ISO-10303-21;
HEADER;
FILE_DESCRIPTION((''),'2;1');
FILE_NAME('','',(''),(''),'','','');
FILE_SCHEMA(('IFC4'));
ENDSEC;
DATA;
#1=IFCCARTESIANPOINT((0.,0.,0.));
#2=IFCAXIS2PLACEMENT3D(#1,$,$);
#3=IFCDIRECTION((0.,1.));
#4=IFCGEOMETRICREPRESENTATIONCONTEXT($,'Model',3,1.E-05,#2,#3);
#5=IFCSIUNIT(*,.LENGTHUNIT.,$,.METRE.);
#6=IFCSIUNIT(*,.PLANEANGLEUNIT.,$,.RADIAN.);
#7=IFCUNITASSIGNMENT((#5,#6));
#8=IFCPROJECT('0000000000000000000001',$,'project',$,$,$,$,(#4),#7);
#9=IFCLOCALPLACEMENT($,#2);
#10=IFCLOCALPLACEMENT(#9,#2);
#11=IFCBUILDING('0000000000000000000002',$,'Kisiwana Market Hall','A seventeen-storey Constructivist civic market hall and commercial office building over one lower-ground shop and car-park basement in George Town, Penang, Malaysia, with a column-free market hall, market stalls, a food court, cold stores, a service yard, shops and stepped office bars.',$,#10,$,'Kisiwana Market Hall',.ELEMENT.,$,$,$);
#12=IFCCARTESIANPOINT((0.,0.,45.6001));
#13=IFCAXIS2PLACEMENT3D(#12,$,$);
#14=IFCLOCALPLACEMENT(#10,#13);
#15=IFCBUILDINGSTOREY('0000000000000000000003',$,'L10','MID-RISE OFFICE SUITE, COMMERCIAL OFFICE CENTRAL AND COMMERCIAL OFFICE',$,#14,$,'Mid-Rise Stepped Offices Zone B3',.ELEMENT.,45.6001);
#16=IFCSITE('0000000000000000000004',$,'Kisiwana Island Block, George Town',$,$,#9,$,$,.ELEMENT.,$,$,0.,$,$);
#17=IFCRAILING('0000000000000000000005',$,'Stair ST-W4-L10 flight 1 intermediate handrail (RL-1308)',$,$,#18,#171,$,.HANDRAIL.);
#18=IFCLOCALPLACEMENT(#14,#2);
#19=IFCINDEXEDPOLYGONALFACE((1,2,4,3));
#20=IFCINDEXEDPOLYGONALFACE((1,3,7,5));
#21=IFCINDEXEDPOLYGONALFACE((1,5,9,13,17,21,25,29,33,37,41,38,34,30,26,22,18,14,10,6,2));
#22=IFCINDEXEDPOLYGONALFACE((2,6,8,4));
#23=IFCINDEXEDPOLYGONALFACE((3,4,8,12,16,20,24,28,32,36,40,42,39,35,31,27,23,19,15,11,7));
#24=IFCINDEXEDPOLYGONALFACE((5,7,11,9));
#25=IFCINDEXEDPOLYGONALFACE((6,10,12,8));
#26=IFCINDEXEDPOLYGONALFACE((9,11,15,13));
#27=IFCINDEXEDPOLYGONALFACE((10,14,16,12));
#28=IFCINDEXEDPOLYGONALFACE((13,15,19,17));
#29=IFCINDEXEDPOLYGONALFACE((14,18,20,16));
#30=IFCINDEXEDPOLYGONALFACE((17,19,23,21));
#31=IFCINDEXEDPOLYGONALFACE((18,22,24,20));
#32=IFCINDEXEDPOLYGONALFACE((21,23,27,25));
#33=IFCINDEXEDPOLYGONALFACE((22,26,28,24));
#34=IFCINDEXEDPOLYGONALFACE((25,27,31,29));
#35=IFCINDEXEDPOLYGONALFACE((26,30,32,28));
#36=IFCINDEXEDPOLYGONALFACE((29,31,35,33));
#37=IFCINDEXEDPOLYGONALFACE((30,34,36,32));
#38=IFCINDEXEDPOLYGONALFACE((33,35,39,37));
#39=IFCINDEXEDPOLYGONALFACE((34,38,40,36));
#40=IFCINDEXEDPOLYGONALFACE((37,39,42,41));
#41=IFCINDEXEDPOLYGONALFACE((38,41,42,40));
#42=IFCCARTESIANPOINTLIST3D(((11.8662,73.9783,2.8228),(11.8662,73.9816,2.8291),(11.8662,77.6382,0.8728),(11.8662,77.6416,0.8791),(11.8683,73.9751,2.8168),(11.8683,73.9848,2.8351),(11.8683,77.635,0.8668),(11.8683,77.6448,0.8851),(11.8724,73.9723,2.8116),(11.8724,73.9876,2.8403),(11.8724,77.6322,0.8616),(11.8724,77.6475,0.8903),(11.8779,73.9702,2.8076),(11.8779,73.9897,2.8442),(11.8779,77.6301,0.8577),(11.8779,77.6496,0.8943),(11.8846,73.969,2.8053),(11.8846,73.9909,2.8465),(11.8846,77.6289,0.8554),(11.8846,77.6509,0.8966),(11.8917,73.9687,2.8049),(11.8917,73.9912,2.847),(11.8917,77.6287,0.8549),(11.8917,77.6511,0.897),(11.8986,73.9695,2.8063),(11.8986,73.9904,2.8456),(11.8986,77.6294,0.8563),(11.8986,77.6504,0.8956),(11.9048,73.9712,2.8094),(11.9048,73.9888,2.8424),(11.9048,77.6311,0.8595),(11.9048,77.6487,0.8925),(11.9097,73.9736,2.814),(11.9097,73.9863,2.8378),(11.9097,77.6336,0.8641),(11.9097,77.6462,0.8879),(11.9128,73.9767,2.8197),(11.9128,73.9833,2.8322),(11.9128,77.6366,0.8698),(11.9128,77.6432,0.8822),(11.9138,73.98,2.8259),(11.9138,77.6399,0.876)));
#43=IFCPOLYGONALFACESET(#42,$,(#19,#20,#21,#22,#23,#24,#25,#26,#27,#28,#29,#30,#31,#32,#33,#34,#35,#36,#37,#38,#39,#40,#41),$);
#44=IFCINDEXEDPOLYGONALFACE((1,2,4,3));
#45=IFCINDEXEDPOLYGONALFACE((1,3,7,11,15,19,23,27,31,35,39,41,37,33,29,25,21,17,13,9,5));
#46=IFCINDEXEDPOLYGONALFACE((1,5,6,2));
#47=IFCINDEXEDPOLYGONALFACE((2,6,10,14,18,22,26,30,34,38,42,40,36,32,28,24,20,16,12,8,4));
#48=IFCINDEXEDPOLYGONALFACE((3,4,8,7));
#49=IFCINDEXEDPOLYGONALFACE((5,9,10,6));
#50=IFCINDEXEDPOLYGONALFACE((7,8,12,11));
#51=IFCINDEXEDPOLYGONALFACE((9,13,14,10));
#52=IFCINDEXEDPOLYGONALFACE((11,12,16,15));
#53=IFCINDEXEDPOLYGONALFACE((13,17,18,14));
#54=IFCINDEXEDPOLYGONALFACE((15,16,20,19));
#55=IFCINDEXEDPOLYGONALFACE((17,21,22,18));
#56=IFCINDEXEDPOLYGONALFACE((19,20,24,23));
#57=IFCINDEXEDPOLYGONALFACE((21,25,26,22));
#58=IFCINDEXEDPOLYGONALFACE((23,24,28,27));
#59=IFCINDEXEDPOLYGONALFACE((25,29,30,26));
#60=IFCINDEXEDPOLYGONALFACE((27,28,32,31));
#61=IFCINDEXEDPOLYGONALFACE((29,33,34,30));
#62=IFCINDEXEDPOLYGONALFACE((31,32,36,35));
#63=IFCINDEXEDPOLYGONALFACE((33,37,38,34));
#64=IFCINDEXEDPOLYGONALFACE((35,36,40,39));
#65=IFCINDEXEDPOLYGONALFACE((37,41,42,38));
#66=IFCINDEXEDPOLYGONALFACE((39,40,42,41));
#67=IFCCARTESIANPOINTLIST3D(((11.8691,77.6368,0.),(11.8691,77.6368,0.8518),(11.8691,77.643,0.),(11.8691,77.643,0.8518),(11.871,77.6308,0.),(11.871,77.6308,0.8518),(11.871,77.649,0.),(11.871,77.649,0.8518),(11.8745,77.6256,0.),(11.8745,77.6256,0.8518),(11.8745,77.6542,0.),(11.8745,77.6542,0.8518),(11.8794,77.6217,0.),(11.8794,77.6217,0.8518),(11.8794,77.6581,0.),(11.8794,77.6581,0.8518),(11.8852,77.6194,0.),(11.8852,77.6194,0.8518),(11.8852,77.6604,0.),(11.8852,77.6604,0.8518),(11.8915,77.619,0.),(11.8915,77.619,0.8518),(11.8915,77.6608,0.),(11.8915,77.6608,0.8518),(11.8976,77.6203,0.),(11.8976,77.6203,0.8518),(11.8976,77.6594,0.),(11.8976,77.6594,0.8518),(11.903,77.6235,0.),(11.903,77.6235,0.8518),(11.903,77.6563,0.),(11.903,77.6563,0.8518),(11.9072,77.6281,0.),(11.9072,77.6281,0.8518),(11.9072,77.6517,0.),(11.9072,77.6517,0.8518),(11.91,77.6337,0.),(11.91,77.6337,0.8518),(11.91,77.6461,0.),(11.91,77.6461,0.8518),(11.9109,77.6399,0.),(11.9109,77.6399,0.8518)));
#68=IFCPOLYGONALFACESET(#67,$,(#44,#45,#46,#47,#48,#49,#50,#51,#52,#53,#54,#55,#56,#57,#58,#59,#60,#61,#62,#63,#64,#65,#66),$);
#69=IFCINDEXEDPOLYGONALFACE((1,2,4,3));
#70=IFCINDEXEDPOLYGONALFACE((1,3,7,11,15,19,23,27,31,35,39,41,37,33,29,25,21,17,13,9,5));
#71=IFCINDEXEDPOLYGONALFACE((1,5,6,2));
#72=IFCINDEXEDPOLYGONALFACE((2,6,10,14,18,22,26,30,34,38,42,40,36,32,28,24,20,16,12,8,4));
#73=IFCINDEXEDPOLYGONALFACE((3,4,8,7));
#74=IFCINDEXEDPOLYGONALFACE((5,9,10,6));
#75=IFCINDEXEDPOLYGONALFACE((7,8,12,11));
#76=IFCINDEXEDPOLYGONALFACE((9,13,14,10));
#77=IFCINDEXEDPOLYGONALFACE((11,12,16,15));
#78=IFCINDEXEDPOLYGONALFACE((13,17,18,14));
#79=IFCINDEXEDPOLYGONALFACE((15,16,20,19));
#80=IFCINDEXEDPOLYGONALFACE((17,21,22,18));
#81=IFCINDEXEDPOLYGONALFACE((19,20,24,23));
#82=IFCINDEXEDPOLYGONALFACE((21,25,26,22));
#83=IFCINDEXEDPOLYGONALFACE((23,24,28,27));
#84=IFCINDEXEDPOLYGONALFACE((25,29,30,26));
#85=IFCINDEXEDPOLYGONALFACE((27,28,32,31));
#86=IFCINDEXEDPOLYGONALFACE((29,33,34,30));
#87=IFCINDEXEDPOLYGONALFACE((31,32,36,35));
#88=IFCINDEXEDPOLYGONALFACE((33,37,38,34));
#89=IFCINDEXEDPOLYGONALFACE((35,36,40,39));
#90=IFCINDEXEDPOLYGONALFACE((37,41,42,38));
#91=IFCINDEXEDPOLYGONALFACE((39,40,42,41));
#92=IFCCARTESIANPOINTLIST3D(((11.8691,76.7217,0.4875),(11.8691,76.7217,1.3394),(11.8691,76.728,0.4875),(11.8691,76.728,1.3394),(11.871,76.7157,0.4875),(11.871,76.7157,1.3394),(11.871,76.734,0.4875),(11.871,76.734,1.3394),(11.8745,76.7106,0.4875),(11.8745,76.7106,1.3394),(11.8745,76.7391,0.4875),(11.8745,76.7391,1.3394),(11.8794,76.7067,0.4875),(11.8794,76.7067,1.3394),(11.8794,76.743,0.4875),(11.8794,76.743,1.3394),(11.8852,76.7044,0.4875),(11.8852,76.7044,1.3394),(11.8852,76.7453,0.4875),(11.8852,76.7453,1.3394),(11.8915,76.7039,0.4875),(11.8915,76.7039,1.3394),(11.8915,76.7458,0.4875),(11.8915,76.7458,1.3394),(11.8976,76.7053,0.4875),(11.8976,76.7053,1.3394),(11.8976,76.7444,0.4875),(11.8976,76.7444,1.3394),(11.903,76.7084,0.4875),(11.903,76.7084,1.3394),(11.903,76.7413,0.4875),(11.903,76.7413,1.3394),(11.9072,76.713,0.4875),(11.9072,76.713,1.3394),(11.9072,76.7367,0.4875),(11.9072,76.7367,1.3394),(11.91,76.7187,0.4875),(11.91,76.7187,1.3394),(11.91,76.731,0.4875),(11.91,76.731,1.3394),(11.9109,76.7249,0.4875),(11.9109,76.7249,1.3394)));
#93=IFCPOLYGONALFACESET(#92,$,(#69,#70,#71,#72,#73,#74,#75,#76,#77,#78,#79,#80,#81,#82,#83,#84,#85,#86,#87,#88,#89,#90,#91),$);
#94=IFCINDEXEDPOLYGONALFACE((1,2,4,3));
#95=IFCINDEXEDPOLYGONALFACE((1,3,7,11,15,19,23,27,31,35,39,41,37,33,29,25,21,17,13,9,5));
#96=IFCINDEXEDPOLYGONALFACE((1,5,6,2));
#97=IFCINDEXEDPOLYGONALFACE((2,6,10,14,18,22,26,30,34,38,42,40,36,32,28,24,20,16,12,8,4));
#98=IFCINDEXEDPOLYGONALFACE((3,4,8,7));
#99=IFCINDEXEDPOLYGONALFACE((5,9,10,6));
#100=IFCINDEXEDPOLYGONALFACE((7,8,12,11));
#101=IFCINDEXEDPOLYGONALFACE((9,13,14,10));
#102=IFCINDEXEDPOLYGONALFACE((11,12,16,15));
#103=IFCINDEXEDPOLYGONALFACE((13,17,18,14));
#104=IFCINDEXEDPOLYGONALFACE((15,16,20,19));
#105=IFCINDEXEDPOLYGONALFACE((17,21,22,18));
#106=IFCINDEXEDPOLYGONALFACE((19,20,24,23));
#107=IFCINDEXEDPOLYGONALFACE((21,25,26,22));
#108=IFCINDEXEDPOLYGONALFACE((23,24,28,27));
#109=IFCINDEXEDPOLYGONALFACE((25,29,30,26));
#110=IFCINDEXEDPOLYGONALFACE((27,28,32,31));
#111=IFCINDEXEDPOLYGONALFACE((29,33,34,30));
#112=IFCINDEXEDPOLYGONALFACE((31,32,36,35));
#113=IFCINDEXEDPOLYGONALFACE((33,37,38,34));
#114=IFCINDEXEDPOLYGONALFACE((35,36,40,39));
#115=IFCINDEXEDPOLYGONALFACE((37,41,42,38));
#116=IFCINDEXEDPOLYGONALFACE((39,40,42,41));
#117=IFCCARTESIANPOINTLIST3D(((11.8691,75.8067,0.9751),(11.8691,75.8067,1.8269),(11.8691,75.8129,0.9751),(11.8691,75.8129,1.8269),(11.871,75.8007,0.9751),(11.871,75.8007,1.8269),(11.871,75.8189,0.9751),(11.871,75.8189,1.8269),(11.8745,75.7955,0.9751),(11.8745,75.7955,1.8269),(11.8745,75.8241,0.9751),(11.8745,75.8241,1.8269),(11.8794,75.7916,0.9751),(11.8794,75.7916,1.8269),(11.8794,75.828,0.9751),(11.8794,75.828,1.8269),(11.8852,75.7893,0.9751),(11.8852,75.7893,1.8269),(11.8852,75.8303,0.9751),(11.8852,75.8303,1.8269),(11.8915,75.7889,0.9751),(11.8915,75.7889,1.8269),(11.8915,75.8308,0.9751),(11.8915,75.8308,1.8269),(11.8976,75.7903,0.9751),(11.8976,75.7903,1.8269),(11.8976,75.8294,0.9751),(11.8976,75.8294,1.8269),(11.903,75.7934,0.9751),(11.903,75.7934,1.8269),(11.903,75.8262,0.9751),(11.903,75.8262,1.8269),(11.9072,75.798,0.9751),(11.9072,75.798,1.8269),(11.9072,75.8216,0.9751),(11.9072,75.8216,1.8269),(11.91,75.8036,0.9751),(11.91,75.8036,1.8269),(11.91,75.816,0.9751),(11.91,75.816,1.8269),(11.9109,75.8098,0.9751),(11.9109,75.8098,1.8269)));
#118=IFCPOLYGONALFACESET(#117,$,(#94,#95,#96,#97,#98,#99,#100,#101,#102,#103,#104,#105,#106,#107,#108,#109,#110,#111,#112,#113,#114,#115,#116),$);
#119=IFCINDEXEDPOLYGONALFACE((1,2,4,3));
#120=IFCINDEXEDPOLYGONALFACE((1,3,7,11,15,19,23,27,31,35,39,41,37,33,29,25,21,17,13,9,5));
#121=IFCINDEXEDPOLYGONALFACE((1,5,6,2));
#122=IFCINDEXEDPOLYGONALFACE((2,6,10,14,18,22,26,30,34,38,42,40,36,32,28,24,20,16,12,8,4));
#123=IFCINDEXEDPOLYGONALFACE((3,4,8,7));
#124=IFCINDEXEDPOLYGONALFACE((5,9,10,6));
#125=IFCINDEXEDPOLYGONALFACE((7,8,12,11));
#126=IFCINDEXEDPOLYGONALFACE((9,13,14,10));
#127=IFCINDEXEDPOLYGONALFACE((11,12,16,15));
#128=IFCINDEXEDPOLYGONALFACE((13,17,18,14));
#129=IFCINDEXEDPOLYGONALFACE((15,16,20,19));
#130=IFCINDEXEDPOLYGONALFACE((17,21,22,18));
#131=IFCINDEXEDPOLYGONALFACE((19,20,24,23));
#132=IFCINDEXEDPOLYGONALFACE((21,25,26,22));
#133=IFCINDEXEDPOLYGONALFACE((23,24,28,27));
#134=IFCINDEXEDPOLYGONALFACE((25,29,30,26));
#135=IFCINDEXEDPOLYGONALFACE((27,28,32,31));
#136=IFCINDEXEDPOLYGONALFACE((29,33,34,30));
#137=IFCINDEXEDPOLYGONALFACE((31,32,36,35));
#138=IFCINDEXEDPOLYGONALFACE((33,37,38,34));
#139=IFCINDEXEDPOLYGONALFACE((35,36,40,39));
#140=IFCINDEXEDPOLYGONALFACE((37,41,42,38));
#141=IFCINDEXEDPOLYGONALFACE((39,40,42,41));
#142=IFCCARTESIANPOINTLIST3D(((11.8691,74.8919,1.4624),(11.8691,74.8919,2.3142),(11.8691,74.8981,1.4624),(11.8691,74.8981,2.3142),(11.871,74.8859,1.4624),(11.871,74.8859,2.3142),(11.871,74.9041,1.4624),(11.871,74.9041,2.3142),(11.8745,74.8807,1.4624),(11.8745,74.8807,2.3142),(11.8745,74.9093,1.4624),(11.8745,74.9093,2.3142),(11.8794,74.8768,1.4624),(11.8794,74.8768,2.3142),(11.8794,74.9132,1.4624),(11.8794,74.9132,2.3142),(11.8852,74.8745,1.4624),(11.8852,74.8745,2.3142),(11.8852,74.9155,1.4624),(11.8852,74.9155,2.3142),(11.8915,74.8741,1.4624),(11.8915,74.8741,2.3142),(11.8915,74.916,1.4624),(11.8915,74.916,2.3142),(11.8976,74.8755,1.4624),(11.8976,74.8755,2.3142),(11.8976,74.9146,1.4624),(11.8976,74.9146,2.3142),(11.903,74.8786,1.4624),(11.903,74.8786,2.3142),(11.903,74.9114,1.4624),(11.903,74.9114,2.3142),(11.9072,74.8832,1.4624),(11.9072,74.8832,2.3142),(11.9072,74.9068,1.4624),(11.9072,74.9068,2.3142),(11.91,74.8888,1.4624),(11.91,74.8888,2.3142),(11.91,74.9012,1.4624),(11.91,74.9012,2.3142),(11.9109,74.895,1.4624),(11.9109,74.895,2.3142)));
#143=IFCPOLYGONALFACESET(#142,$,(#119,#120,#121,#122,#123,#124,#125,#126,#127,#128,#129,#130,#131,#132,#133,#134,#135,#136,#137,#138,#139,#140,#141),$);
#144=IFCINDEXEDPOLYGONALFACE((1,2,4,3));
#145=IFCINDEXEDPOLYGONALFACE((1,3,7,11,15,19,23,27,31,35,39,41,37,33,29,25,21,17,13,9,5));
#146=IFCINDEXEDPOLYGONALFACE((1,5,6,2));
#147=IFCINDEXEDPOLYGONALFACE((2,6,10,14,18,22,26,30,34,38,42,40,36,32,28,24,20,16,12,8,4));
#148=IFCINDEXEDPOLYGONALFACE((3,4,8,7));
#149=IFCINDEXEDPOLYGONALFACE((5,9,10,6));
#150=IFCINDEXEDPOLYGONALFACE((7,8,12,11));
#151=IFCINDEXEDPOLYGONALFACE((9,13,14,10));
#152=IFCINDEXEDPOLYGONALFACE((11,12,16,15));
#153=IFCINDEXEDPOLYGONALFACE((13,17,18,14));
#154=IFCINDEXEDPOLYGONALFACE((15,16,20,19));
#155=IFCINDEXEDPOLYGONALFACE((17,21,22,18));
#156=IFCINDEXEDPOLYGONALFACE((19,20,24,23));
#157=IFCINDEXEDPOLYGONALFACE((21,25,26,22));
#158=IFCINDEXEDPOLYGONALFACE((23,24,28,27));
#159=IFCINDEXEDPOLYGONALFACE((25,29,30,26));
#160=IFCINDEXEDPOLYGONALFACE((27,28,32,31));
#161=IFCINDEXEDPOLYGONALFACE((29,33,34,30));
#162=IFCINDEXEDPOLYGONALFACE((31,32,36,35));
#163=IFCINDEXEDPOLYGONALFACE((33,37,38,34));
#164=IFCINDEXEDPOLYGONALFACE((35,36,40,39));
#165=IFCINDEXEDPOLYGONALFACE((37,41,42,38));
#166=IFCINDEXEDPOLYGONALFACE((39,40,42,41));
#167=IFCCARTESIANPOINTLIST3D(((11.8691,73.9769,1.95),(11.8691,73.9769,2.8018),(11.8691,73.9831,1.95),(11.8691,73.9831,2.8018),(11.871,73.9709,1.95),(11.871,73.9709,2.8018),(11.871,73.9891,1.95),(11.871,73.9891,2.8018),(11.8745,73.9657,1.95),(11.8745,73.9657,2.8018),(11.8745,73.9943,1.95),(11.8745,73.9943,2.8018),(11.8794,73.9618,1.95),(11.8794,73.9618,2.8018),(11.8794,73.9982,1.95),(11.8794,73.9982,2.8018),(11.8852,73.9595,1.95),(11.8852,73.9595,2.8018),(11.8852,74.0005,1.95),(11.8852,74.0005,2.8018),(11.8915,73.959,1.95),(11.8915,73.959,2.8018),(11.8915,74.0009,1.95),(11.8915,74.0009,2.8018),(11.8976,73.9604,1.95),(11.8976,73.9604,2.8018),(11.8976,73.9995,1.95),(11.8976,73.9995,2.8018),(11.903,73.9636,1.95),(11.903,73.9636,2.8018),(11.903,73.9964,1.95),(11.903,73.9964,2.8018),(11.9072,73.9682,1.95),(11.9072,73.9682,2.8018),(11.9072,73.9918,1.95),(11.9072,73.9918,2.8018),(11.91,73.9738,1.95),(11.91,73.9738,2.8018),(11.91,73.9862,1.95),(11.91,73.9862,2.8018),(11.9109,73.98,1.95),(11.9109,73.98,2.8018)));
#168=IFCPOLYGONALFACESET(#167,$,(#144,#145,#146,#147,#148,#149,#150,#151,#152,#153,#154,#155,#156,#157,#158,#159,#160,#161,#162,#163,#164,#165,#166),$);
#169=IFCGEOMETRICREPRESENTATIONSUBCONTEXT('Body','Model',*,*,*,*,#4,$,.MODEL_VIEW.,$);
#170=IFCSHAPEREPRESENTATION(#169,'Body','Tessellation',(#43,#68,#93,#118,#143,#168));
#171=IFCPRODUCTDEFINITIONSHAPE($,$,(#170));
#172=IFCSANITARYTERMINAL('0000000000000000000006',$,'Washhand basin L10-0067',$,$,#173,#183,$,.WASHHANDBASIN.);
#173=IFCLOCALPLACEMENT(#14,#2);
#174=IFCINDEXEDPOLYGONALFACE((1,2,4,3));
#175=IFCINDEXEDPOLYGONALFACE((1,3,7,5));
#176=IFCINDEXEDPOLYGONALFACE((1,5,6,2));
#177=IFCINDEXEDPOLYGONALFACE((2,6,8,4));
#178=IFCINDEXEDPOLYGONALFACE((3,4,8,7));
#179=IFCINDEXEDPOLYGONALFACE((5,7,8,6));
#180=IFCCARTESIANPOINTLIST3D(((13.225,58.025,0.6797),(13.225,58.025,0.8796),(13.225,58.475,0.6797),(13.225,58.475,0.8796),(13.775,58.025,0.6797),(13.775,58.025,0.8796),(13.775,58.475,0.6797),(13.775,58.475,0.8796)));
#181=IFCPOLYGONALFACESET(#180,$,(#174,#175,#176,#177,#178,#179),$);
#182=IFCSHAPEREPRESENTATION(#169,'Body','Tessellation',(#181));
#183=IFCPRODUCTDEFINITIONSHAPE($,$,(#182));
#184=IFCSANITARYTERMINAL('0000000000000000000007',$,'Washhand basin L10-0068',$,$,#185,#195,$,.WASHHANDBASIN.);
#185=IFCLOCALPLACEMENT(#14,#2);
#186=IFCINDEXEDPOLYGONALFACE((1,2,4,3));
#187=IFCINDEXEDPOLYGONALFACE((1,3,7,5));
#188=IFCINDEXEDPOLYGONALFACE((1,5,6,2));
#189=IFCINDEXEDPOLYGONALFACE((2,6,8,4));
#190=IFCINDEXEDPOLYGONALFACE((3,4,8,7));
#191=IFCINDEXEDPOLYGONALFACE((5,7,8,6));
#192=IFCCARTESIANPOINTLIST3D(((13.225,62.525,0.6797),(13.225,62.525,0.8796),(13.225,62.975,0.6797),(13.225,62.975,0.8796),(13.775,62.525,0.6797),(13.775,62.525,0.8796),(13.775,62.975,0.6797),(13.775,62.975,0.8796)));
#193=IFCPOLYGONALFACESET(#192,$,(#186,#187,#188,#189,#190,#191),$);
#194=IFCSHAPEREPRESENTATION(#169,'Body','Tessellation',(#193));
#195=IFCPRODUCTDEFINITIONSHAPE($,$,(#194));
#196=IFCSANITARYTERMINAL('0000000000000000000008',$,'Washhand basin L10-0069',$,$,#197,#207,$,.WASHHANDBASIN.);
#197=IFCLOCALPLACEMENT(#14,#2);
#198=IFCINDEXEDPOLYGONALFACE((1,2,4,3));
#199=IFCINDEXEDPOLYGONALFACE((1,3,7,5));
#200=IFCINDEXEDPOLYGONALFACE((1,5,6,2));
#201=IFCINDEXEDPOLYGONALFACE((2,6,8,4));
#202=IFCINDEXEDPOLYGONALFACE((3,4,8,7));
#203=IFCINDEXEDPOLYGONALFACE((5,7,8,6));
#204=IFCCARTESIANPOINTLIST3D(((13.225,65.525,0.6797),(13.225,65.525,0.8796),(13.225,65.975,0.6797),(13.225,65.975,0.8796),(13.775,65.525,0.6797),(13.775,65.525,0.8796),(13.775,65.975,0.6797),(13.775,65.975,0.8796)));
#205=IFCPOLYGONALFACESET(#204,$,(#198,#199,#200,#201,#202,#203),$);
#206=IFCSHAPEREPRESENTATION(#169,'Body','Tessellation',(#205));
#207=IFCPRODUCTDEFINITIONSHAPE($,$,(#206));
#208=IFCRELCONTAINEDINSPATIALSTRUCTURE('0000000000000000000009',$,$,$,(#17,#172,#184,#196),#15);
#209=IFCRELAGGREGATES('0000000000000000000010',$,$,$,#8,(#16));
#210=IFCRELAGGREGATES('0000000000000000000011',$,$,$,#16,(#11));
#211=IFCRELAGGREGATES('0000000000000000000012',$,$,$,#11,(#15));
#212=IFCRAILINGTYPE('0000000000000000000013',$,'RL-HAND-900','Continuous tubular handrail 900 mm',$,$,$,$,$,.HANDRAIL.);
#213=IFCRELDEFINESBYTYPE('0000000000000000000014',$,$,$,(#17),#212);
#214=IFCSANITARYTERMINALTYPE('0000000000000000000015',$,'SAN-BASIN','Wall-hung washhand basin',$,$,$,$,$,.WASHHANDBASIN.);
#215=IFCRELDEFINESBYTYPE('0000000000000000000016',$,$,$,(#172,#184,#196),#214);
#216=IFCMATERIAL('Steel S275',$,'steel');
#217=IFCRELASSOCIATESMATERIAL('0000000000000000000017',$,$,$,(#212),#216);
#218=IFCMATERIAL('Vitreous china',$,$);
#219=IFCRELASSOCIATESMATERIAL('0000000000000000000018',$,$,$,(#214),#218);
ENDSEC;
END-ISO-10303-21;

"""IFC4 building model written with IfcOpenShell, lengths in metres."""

from ifc_helpers import new_model, si_unit, direction, frame, origin, origin_2d, place, context, subcontext, project, spatial, rectangle, circle, extrude, material, type_object, element, save


model = new_model("IFC4")

# Units and contexts
model_context = context("Model", 3, precision=1e-05, world=origin(), true_north=direction((0.0, 1.0)))
body_context = subcontext(model_context, "Body", "Model", "MODEL_VIEW")
ifc_project = project(units=[si_unit("LENGTHUNIT", "METRE"), si_unit("PLANEANGLEUNIT", "RADIAN")], contexts=[model_context])

# Site, building, storey
site_placement = place(None, origin())
site = spatial("IfcSite", under=ifc_project, at=site_placement, Name="Kisiwana Island Block, George Town", CompositionType="ELEMENT", RefElevation=0.0)
building_placement = place(site_placement, origin())
building = spatial("IfcBuilding", under=site, at=building_placement, Name="Kisiwana Market Hall", Description="A seventeen-storey Constructivist civic market hall and commercial office building over one lower-ground shop and car-park basement in George Town, Penang, Malaysia, with a column-free market hall, market stalls, a food court, cold stores, a service yard, shops and stepped office bars.", LongName="Kisiwana Market Hall", CompositionType="ELEMENT")
storey_placement = place(building_placement, frame((0.0, 0.0, 45.6001)))
storey = spatial("IfcBuildingStorey", under=building, at=storey_placement, Name="L10", Description="MID-RISE OFFICE SUITE, COMMERCIAL OFFICE CENTRAL AND COMMERCIAL OFFICE", LongName="Mid-Rise Stepped Offices Zone B3", CompositionType="ELEMENT", Elevation=45.6001)

# Railing
ifc_material_1 = material(Name="Steel S275", Category="steel")
railing_type_1 = type_object("IfcRailingType", Name="RL-HAND-900", Description="Continuous tubular handrail 900 mm", PredefinedType="HANDRAIL", material=ifc_material_1)
for number, where, name in (
    (1, (11.8899, 77.6399, 0.0), "Stair ST-W4-L10 flight 1 intermediate handrail (RL-1308)"),
):
    element("IfcRailing", number, at=place(storey_placement, frame(where)), inside=storey, type_object=railing_type_1, Name=name, PredefinedType="HANDRAIL", context=body_context, shape_type="SweptSolid", body=[
        extrude(circle(Radius=0.0239, at=origin_2d()), frame((0.0, 0.0, 0.876), z_axis=(0.0, -0.882553, 0.470212), x_axis=(1.0, 0.0, 0.0)), (0.0, 0.0, 1.0), 4.147),
        extrude(circle(Radius=0.021, at=origin_2d()), origin(), (0.0, 0.0, 1.0), 0.8518),
        extrude(circle(Radius=0.021, at=origin_2d()), frame((0.0, -0.915, 0.4875)), (0.0, 0.0, 1.0), 0.8518),
        extrude(circle(Radius=0.021, at=origin_2d()), frame((0.0, -1.8301, 0.9751)), (0.0, 0.0, 1.0), 0.8518),
        extrude(circle(Radius=0.021, at=origin_2d()), frame((0.0, -2.7449, 1.4624)), (0.0, 0.0, 1.0), 0.8518),
        extrude(circle(Radius=0.021, at=origin_2d()), frame((0.0, -3.6599, 1.95)), (0.0, 0.0, 1.0), 0.8518),
    ])

# Sanitary terminals
ifc_material_2 = material(Name="Vitreous china")
sanitary_terminal_type_1 = type_object("IfcSanitaryTerminalType", Name="SAN-BASIN", Description="Wall-hung washhand basin", PredefinedType="WASHHANDBASIN", material=ifc_material_2)
for number, where, z_axis, x_axis, name in (
    (2, (13.5, 58.25, 0.6797), (0.0, 0.0, 1.0), (1.0, 0.0, 0.0), "Washhand basin L10-0067"),
    (3, (13.5, 62.75, 0.6797), (0.0, 0.0, 1.0), (1.0, 0.0, 0.0), "Washhand basin L10-0068"),
    (4, (13.5, 65.75, 0.6797), (0.0, 0.0, 1.0), (1.0, 0.0, 0.0), "Washhand basin L10-0069"),
):
    element("IfcSanitaryTerminal", number, at=place(storey_placement, frame(where, z_axis=z_axis, x_axis=x_axis)), inside=storey, type_object=sanitary_terminal_type_1, Name=name, PredefinedType="WASHHANDBASIN", context=body_context, shape_type="SweptSolid", body=[
        extrude(rectangle(XDim=0.55, YDim=0.45, at=origin_2d()), origin(), (0.0, 0.0, 1.0), 0.2),
    ])

save(model, "model.ifc")
